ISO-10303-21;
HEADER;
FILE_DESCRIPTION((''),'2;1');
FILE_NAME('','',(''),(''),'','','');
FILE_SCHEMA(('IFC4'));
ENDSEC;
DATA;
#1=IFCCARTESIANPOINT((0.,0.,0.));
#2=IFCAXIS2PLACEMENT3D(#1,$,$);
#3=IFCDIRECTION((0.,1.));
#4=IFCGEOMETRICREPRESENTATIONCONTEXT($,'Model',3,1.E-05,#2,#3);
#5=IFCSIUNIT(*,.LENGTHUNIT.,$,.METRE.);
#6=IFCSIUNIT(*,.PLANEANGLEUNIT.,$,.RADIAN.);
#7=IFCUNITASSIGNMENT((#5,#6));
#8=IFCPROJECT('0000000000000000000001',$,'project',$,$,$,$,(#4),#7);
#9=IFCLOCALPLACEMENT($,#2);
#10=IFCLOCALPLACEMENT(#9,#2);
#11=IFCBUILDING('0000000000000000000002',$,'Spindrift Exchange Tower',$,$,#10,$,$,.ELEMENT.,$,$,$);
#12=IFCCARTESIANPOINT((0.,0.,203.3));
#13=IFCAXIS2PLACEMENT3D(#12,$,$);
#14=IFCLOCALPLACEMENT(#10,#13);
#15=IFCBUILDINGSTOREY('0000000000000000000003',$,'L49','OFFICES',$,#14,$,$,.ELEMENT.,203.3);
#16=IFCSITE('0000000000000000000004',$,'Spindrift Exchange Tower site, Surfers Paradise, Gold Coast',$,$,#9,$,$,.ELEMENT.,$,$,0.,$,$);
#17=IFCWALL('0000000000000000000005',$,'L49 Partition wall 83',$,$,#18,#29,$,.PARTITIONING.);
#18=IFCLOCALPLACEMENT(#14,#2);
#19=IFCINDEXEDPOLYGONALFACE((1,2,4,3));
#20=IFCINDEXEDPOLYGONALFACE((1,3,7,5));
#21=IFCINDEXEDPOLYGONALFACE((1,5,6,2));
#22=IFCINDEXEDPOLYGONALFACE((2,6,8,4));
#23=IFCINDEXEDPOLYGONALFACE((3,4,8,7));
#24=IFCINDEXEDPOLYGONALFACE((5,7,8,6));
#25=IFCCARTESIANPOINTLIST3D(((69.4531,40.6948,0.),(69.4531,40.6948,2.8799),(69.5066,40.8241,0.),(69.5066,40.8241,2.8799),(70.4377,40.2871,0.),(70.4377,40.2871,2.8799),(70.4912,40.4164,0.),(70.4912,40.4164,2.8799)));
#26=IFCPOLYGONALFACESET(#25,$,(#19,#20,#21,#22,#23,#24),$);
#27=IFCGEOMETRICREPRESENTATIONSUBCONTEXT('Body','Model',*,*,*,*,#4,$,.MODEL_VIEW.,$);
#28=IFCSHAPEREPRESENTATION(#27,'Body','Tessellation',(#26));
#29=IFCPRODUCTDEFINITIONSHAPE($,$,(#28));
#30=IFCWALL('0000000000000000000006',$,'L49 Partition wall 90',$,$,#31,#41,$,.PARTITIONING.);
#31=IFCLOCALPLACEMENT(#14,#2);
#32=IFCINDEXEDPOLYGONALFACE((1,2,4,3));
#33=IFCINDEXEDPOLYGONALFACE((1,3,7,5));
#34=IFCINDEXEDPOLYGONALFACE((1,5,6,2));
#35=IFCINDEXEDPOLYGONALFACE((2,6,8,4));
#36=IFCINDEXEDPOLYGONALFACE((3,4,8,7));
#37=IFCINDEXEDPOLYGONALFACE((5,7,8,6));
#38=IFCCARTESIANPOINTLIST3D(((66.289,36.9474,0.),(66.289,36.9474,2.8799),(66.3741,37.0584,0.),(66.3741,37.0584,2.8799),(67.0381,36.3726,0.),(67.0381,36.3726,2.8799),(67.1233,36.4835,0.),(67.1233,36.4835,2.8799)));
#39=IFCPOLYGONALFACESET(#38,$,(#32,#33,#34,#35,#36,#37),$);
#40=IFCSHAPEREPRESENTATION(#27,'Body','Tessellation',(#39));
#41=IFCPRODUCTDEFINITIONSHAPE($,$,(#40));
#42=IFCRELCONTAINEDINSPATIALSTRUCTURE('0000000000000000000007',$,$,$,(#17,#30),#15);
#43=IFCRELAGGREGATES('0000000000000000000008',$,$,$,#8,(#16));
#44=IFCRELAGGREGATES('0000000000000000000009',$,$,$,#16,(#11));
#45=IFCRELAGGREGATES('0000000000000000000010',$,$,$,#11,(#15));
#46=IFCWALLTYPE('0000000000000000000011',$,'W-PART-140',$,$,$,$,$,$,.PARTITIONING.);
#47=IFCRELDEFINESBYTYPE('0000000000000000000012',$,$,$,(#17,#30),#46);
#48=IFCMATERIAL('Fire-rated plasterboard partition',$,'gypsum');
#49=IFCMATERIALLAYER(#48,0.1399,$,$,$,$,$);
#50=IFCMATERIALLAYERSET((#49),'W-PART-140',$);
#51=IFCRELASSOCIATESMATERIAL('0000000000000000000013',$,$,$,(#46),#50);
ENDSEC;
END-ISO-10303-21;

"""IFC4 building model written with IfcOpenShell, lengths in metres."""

from ifc_helpers import new_model, si_unit, direction, frame, frame_2d, origin, place, context, subcontext, project, spatial, rectangle, extrude, material, layer, layer_set, type_object, element, save


model = new_model("IFC4")

# Units and contexts
model_context = context("Model", 3, precision=1e-05, world=origin(), true_north=direction((0.0, 1.0)))
body_context = subcontext(model_context, "Body", "Model", "MODEL_VIEW")
ifc_project = project(units=[si_unit("LENGTHUNIT", "METRE"), si_unit("PLANEANGLEUNIT", "RADIAN")], contexts=[model_context])

# Site, building, storey
site_placement = place(None, origin())
site = spatial("IfcSite", under=ifc_project, at=site_placement, Name="Spindrift Exchange Tower site, Surfers Paradise, Gold Coast", CompositionType="ELEMENT", RefElevation=0.0)
building_placement = place(site_placement, origin())
building = spatial("IfcBuilding", under=site, at=building_placement, Name="Spindrift Exchange Tower", CompositionType="ELEMENT")
storey_placement = place(building_placement, frame((0.0, 0.0, 203.3)))
storey = spatial("IfcBuildingStorey", under=building, at=storey_placement, Name="L49", Description="OFFICES", CompositionType="ELEMENT", Elevation=203.3)

# Shared definitions
ifc_material_1 = material(Name="Fire-rated plasterboard partition", Category="gypsum")

# Walls
ifc_layer_1 = layer(ifc_material_1, 0.1399)
ifc_layer_set_1 = layer_set([ifc_layer_1], Name="W-PART-140")
wall_type_1 = type_object("IfcWallType", Name="W-PART-140", PredefinedType="PARTITIONING", material=ifc_layer_set_1)
wall_1_placement = place(storey_placement, frame((70.4644, 40.3518, 0.0), z_axis=(0.0, 0.0, 1.0), x_axis=(-0.923922, 0.382581, 0.0)))
element("IfcWall", 1, at=wall_1_placement, inside=storey, type_object=wall_type_1, Name="L49 Partition wall 83", PredefinedType="PARTITIONING", context=body_context, shape_type="SweptSolid", body=[
    extrude(rectangle(XDim=1.0657, YDim=0.1399, at=frame_2d((0.5327, 0.0))), origin(), (0.0, 0.0, 1.0), 2.8799),
])
wall_2_placement = place(storey_placement, frame((66.3315, 37.0029, 0.0), z_axis=(0.0, 0.0, 1.0), x_axis=(0.793344, -0.608773, 0.0)))
element("IfcWall", 2, at=wall_2_placement, inside=storey, type_object=wall_type_1, Name="L49 Partition wall 90", PredefinedType="PARTITIONING", context=body_context, shape_type="SweptSolid", body=[
    extrude(rectangle(XDim=0.9443, YDim=0.1399, at=frame_2d((0.4722, 0.0))), origin(), (0.0, 0.0, 1.0), 2.8799),
])

save(model, "model.ifc")
